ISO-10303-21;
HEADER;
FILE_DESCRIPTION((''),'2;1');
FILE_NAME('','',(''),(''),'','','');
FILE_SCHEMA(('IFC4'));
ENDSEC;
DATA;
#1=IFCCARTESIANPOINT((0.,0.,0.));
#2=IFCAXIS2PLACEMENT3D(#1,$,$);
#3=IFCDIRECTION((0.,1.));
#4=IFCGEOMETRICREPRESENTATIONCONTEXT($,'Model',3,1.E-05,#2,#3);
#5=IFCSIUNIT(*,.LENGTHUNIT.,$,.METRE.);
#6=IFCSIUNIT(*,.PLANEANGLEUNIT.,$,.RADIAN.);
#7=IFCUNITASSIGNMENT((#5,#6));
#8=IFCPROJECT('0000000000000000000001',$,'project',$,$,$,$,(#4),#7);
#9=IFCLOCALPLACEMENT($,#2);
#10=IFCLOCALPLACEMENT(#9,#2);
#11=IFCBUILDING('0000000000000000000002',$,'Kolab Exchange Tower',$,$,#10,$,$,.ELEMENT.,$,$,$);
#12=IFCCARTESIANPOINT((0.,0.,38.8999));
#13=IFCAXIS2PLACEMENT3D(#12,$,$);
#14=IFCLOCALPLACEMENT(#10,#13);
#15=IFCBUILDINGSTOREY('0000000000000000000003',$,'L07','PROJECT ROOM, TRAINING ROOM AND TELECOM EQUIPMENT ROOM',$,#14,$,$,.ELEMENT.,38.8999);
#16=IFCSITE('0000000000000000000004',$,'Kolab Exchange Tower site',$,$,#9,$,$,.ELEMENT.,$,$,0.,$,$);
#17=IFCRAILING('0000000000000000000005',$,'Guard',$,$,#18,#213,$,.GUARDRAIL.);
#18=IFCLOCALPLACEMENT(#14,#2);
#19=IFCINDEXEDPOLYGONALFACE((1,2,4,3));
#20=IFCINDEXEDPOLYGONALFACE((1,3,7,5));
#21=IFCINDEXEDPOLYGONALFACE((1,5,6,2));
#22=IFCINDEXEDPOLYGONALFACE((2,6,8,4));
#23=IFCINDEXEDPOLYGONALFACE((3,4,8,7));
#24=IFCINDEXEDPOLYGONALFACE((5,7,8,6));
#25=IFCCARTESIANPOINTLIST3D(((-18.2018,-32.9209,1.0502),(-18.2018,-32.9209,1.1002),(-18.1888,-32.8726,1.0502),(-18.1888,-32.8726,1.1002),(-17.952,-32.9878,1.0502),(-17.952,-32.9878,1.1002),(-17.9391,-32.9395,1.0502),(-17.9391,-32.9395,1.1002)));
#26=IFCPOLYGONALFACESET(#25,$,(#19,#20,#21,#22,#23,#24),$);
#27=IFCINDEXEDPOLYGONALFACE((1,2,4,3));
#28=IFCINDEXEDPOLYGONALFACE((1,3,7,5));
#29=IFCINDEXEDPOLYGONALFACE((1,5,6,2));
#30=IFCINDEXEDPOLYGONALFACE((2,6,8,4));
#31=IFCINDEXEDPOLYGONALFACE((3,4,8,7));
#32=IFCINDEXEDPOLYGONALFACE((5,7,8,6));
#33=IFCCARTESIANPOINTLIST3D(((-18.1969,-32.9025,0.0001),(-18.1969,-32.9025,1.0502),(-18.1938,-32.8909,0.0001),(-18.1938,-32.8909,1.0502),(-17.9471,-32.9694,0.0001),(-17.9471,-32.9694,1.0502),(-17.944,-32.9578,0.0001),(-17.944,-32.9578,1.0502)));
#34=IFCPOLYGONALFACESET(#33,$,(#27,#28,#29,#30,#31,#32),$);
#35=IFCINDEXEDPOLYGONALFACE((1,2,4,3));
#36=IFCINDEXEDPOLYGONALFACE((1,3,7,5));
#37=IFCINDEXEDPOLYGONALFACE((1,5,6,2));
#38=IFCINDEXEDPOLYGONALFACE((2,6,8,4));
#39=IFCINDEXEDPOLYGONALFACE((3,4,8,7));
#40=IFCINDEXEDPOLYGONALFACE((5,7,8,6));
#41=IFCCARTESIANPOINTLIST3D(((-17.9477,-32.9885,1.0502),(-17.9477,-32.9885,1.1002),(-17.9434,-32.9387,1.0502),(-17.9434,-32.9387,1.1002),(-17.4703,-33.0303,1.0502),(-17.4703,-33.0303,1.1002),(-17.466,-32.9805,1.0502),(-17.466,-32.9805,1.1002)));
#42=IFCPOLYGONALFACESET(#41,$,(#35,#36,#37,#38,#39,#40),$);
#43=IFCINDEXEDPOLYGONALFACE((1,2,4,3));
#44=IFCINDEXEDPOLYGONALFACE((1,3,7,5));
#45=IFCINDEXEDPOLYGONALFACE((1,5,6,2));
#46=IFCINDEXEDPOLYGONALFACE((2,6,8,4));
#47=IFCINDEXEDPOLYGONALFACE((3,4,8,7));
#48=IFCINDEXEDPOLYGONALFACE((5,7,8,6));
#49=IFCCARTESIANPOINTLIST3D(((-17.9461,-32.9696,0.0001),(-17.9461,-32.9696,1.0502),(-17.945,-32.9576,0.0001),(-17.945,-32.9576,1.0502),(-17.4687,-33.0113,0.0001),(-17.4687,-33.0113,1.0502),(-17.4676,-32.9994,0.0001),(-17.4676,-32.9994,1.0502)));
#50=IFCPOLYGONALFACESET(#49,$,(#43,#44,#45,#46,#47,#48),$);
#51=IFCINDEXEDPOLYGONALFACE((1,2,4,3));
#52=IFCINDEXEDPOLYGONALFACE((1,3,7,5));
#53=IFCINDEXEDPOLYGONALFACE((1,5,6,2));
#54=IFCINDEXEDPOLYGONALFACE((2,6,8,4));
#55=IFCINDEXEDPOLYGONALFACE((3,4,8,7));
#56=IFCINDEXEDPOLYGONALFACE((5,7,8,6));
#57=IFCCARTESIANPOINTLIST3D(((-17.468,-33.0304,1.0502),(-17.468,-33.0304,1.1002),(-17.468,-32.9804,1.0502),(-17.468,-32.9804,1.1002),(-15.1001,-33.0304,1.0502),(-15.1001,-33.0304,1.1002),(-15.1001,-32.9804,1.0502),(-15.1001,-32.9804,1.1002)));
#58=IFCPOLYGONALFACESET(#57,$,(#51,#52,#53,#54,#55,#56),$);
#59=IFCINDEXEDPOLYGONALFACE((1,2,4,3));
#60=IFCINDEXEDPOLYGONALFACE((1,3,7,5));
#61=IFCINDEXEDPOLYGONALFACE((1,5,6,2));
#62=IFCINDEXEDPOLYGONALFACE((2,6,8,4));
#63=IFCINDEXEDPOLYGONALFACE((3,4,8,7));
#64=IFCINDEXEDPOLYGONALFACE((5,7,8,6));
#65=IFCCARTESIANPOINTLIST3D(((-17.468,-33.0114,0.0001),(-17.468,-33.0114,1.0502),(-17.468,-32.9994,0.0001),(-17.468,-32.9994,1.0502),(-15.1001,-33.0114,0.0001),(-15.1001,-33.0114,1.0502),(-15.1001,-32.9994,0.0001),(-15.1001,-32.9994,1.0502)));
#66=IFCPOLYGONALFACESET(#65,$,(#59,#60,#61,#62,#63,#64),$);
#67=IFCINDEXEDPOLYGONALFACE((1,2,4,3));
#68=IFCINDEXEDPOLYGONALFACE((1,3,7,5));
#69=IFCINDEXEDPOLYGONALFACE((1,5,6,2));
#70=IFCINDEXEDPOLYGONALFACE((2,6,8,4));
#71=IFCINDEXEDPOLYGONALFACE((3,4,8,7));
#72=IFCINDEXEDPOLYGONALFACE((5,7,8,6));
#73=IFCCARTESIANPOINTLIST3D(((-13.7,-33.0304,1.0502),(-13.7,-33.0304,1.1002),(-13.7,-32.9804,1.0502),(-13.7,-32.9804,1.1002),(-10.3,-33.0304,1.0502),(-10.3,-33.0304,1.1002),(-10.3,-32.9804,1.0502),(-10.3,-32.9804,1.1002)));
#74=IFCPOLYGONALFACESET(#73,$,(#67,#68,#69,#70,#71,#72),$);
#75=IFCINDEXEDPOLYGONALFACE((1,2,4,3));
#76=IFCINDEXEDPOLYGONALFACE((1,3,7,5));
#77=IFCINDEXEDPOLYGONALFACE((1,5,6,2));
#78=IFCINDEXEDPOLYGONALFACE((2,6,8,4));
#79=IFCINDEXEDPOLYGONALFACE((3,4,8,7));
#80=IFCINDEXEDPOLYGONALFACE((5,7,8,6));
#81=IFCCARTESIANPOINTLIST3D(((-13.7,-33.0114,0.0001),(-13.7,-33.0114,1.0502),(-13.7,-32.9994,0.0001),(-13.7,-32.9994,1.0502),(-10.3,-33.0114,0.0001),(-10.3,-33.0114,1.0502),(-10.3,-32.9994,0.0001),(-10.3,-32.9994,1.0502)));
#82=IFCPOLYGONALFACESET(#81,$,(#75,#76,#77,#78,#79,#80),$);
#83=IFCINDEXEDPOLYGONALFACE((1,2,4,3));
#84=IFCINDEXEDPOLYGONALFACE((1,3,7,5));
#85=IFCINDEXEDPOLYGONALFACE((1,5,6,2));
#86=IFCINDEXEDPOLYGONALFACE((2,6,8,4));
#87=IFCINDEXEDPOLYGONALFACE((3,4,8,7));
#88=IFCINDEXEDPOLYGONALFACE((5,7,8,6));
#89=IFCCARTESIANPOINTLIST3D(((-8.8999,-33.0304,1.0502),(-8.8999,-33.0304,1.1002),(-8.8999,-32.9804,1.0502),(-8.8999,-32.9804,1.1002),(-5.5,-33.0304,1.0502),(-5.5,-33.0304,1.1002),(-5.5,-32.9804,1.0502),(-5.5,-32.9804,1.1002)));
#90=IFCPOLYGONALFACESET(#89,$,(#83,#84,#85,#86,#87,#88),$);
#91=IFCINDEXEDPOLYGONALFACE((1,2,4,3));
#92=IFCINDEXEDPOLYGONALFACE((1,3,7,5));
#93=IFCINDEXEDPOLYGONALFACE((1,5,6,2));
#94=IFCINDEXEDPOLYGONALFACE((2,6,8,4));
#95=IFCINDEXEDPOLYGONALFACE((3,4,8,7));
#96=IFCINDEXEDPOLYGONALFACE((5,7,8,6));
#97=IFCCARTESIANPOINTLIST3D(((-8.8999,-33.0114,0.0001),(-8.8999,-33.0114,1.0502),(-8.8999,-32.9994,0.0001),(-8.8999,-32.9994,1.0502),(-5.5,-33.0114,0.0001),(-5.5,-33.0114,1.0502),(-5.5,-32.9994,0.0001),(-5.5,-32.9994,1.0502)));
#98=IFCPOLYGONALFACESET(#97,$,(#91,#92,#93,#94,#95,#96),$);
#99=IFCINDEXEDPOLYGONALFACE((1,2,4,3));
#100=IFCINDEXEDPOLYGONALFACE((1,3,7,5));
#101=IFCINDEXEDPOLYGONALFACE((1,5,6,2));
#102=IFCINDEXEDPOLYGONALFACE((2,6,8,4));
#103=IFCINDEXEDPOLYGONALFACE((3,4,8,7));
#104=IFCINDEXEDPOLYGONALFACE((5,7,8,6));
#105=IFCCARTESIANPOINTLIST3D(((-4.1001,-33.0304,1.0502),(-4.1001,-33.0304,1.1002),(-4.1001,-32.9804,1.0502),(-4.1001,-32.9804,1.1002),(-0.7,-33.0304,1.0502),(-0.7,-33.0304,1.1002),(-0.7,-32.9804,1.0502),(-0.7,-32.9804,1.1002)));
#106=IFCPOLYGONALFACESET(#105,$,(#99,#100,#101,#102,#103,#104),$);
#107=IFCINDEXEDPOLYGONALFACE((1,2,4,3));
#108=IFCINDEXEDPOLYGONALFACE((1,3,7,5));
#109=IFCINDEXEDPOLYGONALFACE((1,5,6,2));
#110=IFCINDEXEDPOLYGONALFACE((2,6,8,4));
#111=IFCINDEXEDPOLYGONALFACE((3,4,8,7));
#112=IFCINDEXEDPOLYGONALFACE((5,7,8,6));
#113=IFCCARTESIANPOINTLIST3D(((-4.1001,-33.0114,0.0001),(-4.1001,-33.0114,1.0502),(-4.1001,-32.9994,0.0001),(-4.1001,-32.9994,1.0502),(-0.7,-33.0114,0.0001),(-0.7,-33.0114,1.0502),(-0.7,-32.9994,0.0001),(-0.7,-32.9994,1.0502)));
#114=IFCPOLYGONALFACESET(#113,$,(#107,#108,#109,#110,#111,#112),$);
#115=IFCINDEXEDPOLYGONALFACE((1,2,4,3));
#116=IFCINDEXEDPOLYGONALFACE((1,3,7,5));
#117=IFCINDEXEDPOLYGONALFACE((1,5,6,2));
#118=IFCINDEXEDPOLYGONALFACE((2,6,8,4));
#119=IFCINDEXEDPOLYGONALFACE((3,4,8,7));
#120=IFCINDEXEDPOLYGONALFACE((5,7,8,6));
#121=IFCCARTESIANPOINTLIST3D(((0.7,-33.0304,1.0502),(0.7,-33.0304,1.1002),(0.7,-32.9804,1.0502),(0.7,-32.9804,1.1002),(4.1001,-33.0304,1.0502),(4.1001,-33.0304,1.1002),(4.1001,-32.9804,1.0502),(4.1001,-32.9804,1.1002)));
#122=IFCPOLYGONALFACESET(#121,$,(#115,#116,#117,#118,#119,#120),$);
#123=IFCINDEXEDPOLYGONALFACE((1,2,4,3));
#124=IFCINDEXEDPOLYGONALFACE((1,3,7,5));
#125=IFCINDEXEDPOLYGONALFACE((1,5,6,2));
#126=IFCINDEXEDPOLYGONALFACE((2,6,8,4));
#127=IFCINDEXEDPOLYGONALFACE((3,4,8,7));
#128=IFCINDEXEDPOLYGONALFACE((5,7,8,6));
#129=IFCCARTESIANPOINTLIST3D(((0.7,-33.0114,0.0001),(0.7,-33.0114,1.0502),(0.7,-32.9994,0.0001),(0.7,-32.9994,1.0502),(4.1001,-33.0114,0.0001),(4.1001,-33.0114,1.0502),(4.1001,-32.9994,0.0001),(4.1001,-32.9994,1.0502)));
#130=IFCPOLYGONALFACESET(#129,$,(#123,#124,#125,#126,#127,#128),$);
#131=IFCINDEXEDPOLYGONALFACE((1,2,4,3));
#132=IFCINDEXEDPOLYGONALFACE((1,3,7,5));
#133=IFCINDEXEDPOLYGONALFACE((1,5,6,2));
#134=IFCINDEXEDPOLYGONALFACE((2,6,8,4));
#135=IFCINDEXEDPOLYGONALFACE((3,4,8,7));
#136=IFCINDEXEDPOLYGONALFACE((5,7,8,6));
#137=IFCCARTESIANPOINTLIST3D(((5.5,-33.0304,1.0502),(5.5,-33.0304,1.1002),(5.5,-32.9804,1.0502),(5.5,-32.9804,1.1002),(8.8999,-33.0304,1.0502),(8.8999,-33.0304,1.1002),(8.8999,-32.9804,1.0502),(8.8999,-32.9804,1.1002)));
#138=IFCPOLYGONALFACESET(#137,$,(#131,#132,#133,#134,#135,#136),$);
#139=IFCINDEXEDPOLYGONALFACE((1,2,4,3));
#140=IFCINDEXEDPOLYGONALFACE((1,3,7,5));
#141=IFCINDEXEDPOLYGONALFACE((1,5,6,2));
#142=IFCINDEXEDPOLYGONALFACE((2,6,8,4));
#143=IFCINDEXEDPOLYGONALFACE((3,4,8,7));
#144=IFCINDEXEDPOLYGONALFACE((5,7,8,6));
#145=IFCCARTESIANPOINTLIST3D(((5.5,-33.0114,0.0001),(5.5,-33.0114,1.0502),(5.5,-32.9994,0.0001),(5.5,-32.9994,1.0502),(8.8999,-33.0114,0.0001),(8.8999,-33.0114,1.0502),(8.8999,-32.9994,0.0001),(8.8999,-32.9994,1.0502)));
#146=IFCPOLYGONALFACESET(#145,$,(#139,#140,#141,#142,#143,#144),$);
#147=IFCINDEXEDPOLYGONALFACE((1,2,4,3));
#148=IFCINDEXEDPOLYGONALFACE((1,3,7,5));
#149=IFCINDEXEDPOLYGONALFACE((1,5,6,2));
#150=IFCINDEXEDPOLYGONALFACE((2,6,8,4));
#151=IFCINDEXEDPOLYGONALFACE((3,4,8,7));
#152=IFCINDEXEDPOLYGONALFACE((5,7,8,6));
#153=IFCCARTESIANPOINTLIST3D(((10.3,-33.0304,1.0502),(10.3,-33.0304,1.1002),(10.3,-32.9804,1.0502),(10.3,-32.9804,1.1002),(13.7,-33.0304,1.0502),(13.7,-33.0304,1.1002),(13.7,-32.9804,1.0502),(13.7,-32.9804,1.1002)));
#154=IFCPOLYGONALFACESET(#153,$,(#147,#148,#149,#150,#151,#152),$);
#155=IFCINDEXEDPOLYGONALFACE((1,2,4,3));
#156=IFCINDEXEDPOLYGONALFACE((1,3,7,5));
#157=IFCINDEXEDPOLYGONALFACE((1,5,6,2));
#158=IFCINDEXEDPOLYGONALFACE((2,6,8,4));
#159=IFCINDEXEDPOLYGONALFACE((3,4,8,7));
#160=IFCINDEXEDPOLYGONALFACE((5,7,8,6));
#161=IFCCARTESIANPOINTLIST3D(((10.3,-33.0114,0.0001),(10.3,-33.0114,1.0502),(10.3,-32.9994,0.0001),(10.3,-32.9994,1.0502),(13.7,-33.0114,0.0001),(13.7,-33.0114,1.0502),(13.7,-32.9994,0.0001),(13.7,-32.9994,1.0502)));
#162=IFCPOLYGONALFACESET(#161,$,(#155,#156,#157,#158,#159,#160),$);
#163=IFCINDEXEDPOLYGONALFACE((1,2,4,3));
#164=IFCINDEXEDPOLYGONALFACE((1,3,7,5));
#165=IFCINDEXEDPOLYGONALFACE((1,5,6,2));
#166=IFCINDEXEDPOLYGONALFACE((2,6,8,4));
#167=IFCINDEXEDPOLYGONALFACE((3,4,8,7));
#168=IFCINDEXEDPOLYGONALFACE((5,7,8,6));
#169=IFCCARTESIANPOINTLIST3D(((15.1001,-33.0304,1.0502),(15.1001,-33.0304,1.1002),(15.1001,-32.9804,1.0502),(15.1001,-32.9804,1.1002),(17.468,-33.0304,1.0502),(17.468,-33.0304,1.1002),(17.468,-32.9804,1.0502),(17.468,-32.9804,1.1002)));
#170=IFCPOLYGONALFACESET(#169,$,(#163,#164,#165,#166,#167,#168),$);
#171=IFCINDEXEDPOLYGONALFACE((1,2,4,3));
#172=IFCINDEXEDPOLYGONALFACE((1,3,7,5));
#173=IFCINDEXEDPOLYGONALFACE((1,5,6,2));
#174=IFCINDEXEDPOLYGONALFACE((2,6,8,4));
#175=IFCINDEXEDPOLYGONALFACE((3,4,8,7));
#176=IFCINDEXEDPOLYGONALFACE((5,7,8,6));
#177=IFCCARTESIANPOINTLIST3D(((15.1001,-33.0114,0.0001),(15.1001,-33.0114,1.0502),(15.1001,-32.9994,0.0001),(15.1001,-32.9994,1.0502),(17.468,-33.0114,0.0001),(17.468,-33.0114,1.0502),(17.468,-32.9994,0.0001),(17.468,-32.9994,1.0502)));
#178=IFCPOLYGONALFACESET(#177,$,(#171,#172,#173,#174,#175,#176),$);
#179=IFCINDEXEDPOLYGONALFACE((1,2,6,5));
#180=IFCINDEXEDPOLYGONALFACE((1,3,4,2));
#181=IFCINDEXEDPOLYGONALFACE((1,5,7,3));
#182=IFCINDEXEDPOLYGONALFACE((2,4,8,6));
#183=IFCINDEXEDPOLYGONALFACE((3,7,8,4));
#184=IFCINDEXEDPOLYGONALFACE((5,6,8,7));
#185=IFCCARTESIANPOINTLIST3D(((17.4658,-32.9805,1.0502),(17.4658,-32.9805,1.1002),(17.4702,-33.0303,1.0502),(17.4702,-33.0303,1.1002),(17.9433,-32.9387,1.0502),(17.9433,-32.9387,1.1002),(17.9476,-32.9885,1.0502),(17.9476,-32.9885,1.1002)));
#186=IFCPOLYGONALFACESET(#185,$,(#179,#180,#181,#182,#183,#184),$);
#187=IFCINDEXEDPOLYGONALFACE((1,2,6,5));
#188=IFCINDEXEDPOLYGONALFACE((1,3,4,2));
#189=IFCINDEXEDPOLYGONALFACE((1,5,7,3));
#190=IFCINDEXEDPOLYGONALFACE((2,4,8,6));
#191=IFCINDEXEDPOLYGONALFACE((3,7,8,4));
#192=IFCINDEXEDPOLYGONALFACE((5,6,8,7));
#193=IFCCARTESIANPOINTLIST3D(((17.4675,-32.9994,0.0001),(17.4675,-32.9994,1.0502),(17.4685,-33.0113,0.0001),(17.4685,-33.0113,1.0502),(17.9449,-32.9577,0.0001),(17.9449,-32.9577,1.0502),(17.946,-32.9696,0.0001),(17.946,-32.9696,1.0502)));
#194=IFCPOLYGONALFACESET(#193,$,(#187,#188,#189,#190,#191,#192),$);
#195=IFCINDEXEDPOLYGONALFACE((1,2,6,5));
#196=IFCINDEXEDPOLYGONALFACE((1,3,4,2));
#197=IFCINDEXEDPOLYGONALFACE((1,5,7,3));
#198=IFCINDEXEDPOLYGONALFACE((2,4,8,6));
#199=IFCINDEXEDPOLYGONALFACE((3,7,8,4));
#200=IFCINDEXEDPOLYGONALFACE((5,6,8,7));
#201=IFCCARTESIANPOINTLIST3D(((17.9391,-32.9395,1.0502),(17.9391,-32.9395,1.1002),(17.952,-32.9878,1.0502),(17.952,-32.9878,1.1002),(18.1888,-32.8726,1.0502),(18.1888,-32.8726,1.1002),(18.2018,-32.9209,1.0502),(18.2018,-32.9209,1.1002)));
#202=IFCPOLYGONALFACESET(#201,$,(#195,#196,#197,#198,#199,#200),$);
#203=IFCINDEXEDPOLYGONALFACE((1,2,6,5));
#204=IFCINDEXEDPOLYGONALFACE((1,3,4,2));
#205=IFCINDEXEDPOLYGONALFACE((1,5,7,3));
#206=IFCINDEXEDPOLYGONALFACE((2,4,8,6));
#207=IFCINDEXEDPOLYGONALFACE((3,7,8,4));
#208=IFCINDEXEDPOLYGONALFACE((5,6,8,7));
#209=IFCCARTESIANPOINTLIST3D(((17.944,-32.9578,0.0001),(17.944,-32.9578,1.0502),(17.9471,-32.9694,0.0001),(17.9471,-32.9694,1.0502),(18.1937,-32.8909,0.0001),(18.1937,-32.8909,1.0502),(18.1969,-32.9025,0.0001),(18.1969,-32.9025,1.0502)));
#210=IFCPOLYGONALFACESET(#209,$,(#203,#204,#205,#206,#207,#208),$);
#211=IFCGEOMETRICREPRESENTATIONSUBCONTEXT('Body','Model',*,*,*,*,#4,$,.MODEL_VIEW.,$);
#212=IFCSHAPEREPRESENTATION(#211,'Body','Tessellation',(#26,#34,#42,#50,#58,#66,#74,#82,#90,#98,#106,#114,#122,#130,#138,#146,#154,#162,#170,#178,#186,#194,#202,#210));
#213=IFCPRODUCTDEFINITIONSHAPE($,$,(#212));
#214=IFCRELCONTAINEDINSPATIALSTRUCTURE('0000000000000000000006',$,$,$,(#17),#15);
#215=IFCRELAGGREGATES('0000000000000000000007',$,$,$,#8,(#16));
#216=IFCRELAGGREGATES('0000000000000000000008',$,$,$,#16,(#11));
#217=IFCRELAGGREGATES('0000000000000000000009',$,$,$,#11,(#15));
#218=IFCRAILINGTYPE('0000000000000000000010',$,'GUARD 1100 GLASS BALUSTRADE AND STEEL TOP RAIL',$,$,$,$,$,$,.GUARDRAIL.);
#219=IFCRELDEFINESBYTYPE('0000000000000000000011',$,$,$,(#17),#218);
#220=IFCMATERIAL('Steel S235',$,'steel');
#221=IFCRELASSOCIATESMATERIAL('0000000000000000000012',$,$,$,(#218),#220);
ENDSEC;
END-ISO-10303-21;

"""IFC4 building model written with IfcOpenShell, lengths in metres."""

from ifc_helpers import new_model, si_unit, direction, frame, frame_2d, origin, origin_2d, place, context, subcontext, project, spatial, rectangle, extrude, material, type_object, element, save


model = new_model("IFC4")

# Units and contexts
model_context = context("Model", 3, precision=1e-05, world=origin(), true_north=direction((0.0, 1.0)))
body_context = subcontext(model_context, "Body", "Model", "MODEL_VIEW")
ifc_project = project(units=[si_unit("LENGTHUNIT", "METRE"), si_unit("PLANEANGLEUNIT", "RADIAN")], contexts=[model_context])

# Site, building, storey
site_placement = place(None, origin())
site = spatial("IfcSite", under=ifc_project, at=site_placement, Name="Kolab Exchange Tower site", CompositionType="ELEMENT", RefElevation=0.0)
building_placement = place(site_placement, origin())
building = spatial("IfcBuilding", under=site, at=building_placement, Name="Kolab Exchange Tower", CompositionType="ELEMENT")
storey_placement = place(building_placement, frame((0.0, 0.0, 38.8999)))
storey = spatial("IfcBuildingStorey", under=building, at=storey_placement, Name="L07", Description="PROJECT ROOM, TRAINING ROOM AND TELECOM EQUIPMENT ROOM", CompositionType="ELEMENT", Elevation=38.8999)

# Railing
ifc_material_1 = material(Name="Steel S235", Category="steel")
railing_type = type_object("IfcRailingType", Name="GUARD 1100 GLASS BALUSTRADE AND STEEL TOP RAIL", PredefinedType="GUARDRAIL", material=ifc_material_1)
railing_placement = place(storey_placement, frame((-18.1953, -32.8967, 0.0)))
element("IfcRailing", 1, at=railing_placement, inside=storey, type_object=railing_type, Name="Guard", PredefinedType="GUARDRAIL", context=body_context, shape_type="SweptSolid", body=[
    extrude(rectangle(XDim=0.05, YDim=0.05, at=origin_2d()), frame((0.0, 0.0, 1.0752), z_axis=(0.965952, -0.25872, 0.0), x_axis=(0.25872, 0.965952, 0.0)), (0.0, 0.0, 1.0), 0.2585),
    extrude(rectangle(XDim=0.012, YDim=1.0501, at=frame_2d((0.0, 0.5251))), frame((0.0, 0.0, 0.0), z_axis=(0.965952, -0.25872, 0.0), x_axis=(0.25872, 0.965952, 0.0)), (0.0, 0.0, 1.0), 0.2585),
    extrude(rectangle(XDim=0.05, YDim=0.05, at=origin_2d()), frame((0.2498, -0.0669, 1.0752), z_axis=(0.9962, -0.087091, 0.0), x_axis=(0.087091, 0.9962, 0.0)), (0.0, 0.0, 1.0), 0.4792),
    extrude(rectangle(XDim=0.012, YDim=1.0501, at=frame_2d((0.0, 0.5251))), frame((0.2498, -0.0669, 0.0), z_axis=(0.9962, -0.087091, 0.0), x_axis=(0.087091, 0.9962, 0.0)), (0.0, 0.0, 1.0), 0.4792),
    extrude(rectangle(XDim=0.05, YDim=0.05, at=origin_2d()), frame((0.7273, -0.1086, 1.0752), z_axis=(1.0, 0.0, 0.0), x_axis=(0.0, 1.0, 0.0)), (0.0, 0.0, 1.0), 2.3679),
    extrude(rectangle(XDim=0.012, YDim=1.0501, at=frame_2d((0.0, 0.5251))), frame((0.7273, -0.1086, 0.0), z_axis=(1.0, 0.0, 0.0), x_axis=(0.0, 1.0, 0.0)), (0.0, 0.0, 1.0), 2.3679),
    extrude(rectangle(XDim=0.05, YDim=0.05, at=origin_2d()), frame((4.4954, -0.1086, 1.0752), z_axis=(1.0, 0.0, 0.0), x_axis=(0.0, 1.0, 0.0)), (0.0, 0.0, 1.0), 3.3999),
    extrude(rectangle(XDim=0.012, YDim=1.0501, at=frame_2d((0.0, 0.5251))), frame((4.4954, -0.1086, 0.0), z_axis=(1.0, 0.0, 0.0), x_axis=(0.0, 1.0, 0.0)), (0.0, 0.0, 1.0), 3.3999),
    extrude(rectangle(XDim=0.05, YDim=0.05, at=origin_2d()), frame((9.2954, -0.1086, 1.0752), z_axis=(1.0, 0.0, 0.0), x_axis=(0.0, 1.0, 0.0)), (0.0, 0.0, 1.0), 3.3999),
    extrude(rectangle(XDim=0.012, YDim=1.0501, at=frame_2d((0.0, 0.5251))), frame((9.2954, -0.1086, 0.0), z_axis=(1.0, 0.0, 0.0), x_axis=(0.0, 1.0, 0.0)), (0.0, 0.0, 1.0), 3.3999),
    extrude(rectangle(XDim=0.05, YDim=0.05, at=origin_2d()), frame((14.0952, -0.1086, 1.0752), z_axis=(1.0, 0.0, 0.0), x_axis=(0.0, 1.0, 0.0)), (0.0, 0.0, 1.0), 3.4001),
    extrude(rectangle(XDim=0.012, YDim=1.0501, at=frame_2d((0.0, 0.5251))), frame((14.0952, -0.1086, 0.0), z_axis=(1.0, 0.0, 0.0), x_axis=(0.0, 1.0, 0.0)), (0.0, 0.0, 1.0), 3.4001),
    extrude(rectangle(XDim=0.05, YDim=0.05, at=origin_2d()), frame((18.8953, -0.1086, 1.0752), z_axis=(1.0, 0.0, 0.0), x_axis=(0.0, 1.0, 0.0)), (0.0, 0.0, 1.0), 3.4001),
    extrude(rectangle(XDim=0.012, YDim=1.0501, at=frame_2d((0.0, 0.5251))), frame((18.8953, -0.1086, 0.0), z_axis=(1.0, 0.0, 0.0), x_axis=(0.0, 1.0, 0.0)), (0.0, 0.0, 1.0), 3.4001),
    extrude(rectangle(XDim=0.05, YDim=0.05, at=origin_2d()), frame((23.6953, -0.1086, 1.0752), z_axis=(1.0, 0.0, 0.0), x_axis=(0.0, 1.0, 0.0)), (0.0, 0.0, 1.0), 3.3999),
    extrude(rectangle(XDim=0.012, YDim=1.0501, at=frame_2d((0.0, 0.5251))), frame((23.6953, -0.1086, 0.0), z_axis=(1.0, 0.0, 0.0), x_axis=(0.0, 1.0, 0.0)), (0.0, 0.0, 1.0), 3.3999),
    extrude(rectangle(XDim=0.05, YDim=0.05, at=origin_2d()), frame((28.4954, -0.1086, 1.0752), z_axis=(1.0, 0.0, 0.0), x_axis=(0.0, 1.0, 0.0)), (0.0, 0.0, 1.0), 3.3999),
    extrude(rectangle(XDim=0.012, YDim=1.0501, at=frame_2d((0.0, 0.5251))), frame((28.4954, -0.1086, 0.0), z_axis=(1.0, 0.0, 0.0), x_axis=(0.0, 1.0, 0.0)), (0.0, 0.0, 1.0), 3.3999),
    extrude(rectangle(XDim=0.05, YDim=0.05, at=origin_2d()), frame((33.2954, -0.1086, 1.0752), z_axis=(1.0, 0.0, 0.0), x_axis=(0.0, 1.0, 0.0)), (0.0, 0.0, 1.0), 2.3679),
    extrude(rectangle(XDim=0.012, YDim=1.0501, at=frame_2d((0.0, 0.5251))), frame((33.2954, -0.1086, 0.0), z_axis=(1.0, 0.0, 0.0), x_axis=(0.0, 1.0, 0.0)), (0.0, 0.0, 1.0), 2.3679),
    extrude(rectangle(XDim=0.05, YDim=0.05, at=origin_2d()), frame((35.6633, -0.1086, 1.0752), z_axis=(0.9962, 0.087091, 0.0), x_axis=(-0.087091, 0.9962, 0.0)), (0.0, 0.0, 1.0), 0.4792),
    extrude(rectangle(XDim=0.012, YDim=1.0501, at=frame_2d((0.0, 0.5251))), frame((35.6633, -0.1086, 0.0), z_axis=(0.9962, 0.087091, 0.0), x_axis=(-0.087091, 0.9962, 0.0)), (0.0, 0.0, 1.0), 0.4792),
    extrude(rectangle(XDim=0.05, YDim=0.05, at=origin_2d()), frame((36.1409, -0.0669, 1.0752), z_axis=(0.965952, 0.25872, 0.0), x_axis=(-0.25872, 0.965952, 0.0)), (0.0, 0.0, 1.0), 0.2585),
    extrude(rectangle(XDim=0.012, YDim=1.0501, at=frame_2d((0.0, 0.5251))), frame((36.1409, -0.0669, 0.0), z_axis=(0.965952, 0.25872, 0.0), x_axis=(-0.25872, 0.965952, 0.0)), (0.0, 0.0, 1.0), 0.2585),
])

save(model, "model.ifc")
